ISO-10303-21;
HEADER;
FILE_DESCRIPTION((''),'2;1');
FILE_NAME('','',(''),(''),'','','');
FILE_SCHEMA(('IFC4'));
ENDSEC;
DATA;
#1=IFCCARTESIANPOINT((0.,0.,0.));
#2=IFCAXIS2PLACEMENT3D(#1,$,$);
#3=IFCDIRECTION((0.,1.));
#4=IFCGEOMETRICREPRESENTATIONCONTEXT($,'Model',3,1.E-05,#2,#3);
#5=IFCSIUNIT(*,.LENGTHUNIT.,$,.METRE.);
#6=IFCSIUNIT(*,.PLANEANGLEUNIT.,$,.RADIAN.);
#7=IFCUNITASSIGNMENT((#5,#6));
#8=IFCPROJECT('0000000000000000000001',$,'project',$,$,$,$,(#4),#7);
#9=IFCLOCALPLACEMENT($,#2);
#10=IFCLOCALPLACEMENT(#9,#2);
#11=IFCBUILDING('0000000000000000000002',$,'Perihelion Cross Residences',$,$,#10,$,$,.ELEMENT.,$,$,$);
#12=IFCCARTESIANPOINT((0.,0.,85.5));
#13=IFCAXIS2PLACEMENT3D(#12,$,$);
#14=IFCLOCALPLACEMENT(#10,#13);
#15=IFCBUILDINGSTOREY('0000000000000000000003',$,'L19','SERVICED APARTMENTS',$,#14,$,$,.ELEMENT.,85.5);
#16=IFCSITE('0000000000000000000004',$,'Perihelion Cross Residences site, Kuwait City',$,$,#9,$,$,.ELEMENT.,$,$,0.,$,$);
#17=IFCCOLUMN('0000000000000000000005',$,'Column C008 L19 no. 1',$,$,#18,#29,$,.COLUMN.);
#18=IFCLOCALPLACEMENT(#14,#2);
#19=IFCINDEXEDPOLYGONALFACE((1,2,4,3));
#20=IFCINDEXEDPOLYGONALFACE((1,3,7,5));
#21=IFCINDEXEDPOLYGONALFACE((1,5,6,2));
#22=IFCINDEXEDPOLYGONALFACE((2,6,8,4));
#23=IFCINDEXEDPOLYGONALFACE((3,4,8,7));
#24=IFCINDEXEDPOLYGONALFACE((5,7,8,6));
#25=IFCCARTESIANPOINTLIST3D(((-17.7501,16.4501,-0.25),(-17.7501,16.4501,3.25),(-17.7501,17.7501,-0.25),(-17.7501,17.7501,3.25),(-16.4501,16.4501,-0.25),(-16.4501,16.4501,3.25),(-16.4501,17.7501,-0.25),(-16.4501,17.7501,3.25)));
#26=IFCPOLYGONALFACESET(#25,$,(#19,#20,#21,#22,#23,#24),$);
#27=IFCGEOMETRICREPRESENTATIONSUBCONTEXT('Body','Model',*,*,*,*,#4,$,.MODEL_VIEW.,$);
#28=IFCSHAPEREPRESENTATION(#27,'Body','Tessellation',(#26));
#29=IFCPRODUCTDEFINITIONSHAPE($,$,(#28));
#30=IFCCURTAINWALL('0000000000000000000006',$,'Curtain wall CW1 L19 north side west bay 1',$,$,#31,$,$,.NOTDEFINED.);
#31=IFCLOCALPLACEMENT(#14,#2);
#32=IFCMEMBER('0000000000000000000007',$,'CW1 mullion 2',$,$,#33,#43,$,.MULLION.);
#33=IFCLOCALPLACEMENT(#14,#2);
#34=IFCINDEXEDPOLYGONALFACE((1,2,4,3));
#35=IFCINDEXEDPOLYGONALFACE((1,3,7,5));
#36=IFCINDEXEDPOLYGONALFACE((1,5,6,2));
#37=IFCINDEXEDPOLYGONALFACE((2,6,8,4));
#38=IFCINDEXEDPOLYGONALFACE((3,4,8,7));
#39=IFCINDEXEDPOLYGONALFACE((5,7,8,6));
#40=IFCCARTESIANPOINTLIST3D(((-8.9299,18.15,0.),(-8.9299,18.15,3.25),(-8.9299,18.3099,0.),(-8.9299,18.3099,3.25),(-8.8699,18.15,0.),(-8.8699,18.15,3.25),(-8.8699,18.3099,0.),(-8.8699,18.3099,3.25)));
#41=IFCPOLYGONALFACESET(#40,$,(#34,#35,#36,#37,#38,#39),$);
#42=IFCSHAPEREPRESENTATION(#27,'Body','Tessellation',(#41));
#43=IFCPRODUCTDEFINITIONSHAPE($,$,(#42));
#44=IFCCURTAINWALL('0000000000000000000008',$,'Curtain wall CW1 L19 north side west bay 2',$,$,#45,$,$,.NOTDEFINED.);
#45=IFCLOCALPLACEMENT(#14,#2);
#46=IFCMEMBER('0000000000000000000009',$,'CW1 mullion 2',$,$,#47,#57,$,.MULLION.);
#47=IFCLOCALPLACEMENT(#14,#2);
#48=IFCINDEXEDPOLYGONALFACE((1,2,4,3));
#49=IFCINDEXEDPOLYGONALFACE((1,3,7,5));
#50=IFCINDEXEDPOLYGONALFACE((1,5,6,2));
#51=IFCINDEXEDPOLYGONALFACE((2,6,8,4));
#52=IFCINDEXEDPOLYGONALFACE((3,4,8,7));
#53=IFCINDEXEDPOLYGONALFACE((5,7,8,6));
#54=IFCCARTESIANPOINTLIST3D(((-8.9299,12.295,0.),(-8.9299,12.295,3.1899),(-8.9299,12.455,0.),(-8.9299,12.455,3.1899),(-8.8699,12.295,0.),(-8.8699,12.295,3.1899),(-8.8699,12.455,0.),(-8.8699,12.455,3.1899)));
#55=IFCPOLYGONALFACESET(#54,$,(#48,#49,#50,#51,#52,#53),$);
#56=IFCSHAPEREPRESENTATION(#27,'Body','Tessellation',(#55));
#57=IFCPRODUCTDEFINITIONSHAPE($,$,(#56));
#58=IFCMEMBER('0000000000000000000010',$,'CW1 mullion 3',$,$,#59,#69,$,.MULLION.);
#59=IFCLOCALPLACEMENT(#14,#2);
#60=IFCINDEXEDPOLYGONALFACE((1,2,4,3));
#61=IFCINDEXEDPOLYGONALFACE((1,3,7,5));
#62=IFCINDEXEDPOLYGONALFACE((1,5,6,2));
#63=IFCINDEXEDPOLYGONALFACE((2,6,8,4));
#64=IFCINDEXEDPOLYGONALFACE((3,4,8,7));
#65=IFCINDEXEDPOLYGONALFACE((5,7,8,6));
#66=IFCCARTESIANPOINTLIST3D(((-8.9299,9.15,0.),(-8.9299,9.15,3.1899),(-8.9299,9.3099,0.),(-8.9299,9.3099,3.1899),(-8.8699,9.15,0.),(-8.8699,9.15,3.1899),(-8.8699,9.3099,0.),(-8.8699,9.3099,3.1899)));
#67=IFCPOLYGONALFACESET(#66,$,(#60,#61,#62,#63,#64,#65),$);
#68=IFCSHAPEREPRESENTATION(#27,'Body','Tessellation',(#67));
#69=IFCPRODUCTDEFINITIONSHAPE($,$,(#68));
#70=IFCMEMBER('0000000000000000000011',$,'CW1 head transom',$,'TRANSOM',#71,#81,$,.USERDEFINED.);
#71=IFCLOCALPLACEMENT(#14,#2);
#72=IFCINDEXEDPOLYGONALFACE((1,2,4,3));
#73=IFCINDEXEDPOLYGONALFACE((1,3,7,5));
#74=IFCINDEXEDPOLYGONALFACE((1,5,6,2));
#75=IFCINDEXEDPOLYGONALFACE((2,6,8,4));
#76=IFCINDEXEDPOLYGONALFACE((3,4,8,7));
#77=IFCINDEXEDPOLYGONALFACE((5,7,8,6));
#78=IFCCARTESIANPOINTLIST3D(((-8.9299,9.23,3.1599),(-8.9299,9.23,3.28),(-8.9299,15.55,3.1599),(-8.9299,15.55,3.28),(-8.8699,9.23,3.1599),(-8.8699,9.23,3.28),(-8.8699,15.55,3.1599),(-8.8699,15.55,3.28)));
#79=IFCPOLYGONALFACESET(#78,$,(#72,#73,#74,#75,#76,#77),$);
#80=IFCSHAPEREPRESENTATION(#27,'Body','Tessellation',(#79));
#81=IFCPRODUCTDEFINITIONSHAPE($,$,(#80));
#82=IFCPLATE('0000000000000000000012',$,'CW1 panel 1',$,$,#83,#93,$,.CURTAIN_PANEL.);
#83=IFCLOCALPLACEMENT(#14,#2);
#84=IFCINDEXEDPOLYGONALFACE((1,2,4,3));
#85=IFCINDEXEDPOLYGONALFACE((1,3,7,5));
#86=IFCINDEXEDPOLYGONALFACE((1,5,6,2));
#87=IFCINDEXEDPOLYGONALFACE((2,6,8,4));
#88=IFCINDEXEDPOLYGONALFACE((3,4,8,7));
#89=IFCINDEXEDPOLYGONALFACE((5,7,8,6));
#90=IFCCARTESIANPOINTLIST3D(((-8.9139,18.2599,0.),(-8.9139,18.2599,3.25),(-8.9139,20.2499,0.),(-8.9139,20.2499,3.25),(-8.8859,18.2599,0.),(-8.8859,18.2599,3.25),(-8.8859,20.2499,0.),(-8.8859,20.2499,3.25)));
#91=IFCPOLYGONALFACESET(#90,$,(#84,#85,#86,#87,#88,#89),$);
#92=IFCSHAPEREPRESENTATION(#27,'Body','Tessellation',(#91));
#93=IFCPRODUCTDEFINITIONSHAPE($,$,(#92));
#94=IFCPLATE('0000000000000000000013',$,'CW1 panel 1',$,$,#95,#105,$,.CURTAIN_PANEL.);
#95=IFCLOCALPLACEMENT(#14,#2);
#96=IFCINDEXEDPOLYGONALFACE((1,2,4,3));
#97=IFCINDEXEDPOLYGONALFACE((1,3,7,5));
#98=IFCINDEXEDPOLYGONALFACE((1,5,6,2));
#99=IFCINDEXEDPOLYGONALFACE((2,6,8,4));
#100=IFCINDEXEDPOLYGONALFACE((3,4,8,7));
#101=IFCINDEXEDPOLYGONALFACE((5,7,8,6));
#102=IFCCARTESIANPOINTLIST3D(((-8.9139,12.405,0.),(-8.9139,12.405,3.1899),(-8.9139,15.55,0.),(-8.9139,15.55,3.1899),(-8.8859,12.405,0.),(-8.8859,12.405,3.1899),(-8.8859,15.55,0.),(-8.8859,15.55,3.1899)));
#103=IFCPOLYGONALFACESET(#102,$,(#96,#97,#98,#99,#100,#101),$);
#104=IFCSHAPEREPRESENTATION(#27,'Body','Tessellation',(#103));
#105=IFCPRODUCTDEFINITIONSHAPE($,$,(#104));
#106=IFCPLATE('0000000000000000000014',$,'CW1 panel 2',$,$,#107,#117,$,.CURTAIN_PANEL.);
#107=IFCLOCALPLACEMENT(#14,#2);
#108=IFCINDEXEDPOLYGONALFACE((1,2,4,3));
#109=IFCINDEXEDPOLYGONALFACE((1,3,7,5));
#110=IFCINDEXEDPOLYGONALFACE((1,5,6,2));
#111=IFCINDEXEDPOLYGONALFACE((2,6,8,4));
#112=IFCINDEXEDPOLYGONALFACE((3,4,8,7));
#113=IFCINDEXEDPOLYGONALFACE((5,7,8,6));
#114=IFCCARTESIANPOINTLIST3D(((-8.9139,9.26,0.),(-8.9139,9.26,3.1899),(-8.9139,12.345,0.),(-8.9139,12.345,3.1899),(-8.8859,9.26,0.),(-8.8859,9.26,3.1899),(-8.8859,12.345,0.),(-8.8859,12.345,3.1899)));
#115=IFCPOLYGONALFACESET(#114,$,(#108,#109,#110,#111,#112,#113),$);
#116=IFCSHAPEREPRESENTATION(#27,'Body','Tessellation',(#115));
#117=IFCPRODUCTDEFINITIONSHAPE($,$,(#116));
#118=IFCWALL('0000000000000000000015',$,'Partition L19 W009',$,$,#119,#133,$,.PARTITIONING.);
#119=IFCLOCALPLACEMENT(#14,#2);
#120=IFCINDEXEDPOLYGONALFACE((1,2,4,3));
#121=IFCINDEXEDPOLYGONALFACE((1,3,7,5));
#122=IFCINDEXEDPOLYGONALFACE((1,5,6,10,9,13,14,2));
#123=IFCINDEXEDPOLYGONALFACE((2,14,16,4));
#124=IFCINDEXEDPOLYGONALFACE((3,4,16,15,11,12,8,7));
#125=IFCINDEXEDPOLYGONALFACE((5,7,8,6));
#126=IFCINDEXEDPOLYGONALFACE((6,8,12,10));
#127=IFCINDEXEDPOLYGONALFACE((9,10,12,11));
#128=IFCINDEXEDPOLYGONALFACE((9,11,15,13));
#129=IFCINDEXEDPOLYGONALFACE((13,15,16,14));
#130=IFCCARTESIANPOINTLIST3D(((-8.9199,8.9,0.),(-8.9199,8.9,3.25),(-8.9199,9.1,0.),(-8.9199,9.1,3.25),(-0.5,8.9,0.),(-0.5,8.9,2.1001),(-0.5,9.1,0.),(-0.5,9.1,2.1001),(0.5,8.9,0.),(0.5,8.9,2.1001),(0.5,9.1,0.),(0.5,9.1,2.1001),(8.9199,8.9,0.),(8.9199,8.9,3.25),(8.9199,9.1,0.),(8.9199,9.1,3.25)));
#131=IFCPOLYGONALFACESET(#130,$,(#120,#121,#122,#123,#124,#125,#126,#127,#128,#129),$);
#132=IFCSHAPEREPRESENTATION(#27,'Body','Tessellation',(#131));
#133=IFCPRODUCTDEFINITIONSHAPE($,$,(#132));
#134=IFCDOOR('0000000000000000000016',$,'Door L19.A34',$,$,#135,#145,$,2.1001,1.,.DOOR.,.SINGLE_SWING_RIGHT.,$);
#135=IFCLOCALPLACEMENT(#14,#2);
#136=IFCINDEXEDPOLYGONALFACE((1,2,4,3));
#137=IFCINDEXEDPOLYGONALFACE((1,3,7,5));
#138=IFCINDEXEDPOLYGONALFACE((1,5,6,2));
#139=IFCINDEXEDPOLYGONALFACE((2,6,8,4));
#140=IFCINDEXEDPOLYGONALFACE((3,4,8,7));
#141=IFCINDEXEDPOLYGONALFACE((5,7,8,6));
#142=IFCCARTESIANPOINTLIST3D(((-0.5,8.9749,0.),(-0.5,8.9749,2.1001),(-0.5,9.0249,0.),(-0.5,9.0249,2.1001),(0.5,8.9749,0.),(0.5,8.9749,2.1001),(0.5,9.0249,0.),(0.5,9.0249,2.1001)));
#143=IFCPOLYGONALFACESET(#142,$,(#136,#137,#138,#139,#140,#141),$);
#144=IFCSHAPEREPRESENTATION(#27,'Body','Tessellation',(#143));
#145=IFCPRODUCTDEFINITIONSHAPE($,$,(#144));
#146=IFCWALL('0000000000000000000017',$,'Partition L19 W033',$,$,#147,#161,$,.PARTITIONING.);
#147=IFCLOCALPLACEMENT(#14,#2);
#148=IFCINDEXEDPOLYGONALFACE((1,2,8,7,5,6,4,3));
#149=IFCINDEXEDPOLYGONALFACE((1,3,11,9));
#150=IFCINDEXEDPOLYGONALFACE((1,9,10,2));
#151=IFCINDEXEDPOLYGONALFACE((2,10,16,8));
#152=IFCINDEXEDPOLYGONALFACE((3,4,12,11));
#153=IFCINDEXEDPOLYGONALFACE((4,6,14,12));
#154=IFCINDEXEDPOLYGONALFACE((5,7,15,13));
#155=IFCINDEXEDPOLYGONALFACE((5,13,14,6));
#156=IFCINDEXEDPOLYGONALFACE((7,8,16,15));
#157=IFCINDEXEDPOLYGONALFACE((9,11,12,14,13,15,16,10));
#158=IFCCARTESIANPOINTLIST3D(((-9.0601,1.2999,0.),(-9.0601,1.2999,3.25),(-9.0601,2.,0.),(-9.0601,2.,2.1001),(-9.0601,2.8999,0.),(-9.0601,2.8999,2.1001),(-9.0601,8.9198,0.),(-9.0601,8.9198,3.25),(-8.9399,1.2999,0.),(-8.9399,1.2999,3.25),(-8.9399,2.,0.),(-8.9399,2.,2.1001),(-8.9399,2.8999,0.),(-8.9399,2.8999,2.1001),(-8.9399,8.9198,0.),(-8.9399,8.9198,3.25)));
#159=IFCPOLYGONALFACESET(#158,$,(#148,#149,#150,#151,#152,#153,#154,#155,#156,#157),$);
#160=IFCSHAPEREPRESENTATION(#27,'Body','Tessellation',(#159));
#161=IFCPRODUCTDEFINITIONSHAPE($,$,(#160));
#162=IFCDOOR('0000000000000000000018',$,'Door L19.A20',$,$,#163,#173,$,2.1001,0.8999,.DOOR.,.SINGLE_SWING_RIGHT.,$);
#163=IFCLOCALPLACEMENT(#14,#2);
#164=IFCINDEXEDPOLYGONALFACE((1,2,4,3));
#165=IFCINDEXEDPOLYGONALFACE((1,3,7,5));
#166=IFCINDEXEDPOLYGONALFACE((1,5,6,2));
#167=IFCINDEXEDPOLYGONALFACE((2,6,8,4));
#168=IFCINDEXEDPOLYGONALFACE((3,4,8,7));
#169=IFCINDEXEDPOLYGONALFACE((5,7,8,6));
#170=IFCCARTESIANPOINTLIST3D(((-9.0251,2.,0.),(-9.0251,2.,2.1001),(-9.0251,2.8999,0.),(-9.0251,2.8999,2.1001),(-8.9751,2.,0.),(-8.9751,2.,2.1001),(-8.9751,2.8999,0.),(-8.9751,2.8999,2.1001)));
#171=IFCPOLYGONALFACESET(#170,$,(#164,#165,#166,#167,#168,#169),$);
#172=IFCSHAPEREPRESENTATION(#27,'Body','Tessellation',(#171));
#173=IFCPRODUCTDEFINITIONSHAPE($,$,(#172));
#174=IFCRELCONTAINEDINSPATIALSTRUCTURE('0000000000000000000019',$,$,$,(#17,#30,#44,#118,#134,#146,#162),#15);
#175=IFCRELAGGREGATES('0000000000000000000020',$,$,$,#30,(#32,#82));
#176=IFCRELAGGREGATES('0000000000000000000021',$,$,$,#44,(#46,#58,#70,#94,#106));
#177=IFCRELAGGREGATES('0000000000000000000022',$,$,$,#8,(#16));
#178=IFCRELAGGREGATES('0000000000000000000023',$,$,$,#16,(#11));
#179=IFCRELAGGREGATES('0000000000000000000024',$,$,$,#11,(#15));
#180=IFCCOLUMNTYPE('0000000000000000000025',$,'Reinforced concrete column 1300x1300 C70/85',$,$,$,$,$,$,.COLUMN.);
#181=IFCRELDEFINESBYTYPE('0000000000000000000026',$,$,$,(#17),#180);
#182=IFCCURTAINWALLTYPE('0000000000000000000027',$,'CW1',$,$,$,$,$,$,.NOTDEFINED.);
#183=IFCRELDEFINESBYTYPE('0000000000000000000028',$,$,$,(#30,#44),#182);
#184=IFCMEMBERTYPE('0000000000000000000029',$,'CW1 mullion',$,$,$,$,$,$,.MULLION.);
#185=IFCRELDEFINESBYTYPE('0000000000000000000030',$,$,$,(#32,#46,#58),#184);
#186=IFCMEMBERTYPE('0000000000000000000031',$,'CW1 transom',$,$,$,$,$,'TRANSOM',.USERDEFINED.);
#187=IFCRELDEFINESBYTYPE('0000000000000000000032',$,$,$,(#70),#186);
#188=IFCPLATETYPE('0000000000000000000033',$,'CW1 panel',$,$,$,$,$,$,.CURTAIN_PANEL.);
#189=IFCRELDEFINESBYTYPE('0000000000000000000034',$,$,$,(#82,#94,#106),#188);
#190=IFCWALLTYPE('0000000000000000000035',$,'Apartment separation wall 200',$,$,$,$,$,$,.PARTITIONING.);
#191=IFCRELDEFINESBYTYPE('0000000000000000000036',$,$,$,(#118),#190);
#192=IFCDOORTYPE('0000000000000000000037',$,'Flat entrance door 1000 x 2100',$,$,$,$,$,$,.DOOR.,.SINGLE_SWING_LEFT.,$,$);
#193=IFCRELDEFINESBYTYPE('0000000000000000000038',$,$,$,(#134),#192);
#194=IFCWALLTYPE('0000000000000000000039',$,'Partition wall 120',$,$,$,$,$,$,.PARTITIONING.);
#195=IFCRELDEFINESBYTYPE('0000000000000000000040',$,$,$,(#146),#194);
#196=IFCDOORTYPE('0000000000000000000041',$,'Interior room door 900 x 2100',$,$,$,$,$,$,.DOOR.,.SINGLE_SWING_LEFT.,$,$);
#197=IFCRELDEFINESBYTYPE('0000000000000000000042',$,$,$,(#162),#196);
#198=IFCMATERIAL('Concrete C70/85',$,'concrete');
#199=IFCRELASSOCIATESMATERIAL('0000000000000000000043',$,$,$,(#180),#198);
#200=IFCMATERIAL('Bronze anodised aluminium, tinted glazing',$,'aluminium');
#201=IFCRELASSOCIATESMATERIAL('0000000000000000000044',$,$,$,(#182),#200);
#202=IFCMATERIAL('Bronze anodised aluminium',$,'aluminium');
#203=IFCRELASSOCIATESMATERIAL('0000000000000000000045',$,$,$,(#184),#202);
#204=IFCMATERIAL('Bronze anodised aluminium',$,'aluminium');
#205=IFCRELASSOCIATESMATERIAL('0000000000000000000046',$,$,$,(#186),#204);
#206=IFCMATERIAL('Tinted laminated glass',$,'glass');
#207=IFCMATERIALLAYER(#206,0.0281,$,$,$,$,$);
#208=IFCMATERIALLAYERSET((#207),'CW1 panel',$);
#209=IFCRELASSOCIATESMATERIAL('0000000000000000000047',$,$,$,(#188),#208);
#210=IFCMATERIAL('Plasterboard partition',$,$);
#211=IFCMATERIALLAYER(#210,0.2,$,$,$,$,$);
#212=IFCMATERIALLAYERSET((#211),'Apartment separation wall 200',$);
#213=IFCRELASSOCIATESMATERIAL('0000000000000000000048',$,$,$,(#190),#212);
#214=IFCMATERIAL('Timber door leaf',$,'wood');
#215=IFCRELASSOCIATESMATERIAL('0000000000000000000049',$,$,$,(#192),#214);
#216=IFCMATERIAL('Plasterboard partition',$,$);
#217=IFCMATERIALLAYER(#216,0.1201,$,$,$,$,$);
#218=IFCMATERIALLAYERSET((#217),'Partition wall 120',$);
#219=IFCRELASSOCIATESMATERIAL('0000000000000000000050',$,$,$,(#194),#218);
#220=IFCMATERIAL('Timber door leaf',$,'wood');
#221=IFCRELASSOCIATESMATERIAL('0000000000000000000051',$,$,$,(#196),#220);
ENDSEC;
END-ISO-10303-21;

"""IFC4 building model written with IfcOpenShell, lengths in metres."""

from ifc_helpers import new_model, si_unit, direction, frame, frame_2d, origin, origin_2d, place, context, subcontext, project, spatial, rectangle, extrude, material, layer, layer_set, material_profile, profile_set, type_object, element, fill, aggregate, save


model = new_model("IFC4")

# Units and contexts
model_context = context("Model", 3, precision=1e-05, world=origin(), true_north=direction((0.0, 1.0)))
body_context = subcontext(model_context, "Body", "Model", "MODEL_VIEW")
ifc_project = project(units=[si_unit("LENGTHUNIT", "METRE"), si_unit("PLANEANGLEUNIT", "RADIAN")], contexts=[model_context])

# Site, building, storey
site_placement = place(None, origin())
site = spatial("IfcSite", under=ifc_project, at=site_placement, Name="Perihelion Cross Residences site, Kuwait City", CompositionType="ELEMENT", RefElevation=0.0)
building_placement = place(site_placement, origin())
building = spatial("IfcBuilding", under=site, at=building_placement, Name="Perihelion Cross Residences", CompositionType="ELEMENT")
storey_placement = place(building_placement, frame((0.0, 0.0, 85.5)))
storey = spatial("IfcBuildingStorey", under=building, at=storey_placement, Name="L19", Description="SERVICED APARTMENTS", CompositionType="ELEMENT", Elevation=85.5)

# Column
ifc_material_1 = material(Name="Concrete C70/85", Category="concrete")
ifc_material_profile_1 = material_profile(ifc_material_1, rectangle(XDim=1.3, YDim=1.3, at=origin_2d()), Name="RC 1300x1300")
ifc_profile_set_1 = profile_set([ifc_material_profile_1], Name="Concrete C70/85")
column_type = type_object("IfcColumnType", Name="Reinforced concrete column 1300x1300 C70/85", PredefinedType="COLUMN", material=ifc_profile_set_1)
column_placement = place(storey_placement, frame((-17.1001, 17.1001, -0.25), z_axis=(0.0, 0.0, 1.0), x_axis=(1.0, 0.0, 0.0)))
element("IfcColumn", 1, at=column_placement, inside=storey, type_object=column_type, Name="Column C008 L19 no. 1", PredefinedType="COLUMN", context=body_context, shape_type="SweptSolid", body=[
    extrude(rectangle(XDim=1.3, YDim=1.3, at=origin_2d()), origin(), (0.0, 0.0, 1.0), 3.5),
])

# Curtain wall, member
ifc_material_2 = material(Name="Bronze anodised aluminium, tinted glazing", Category="aluminium")
curtain_wall_type = type_object("IfcCurtainWallType", Name="CW1", PredefinedType="NOTDEFINED", material=ifc_material_2)
curtain_wall_1_placement = place(storey_placement, origin())
curtain_wall_1 = element("IfcCurtainWall", 2, at=curtain_wall_1_placement, inside=storey, type_object=curtain_wall_type, Name="Curtain wall CW1 L19 north side west bay 1", PredefinedType="NOTDEFINED")
ifc_material_3 = material(Name="Bronze anodised aluminium", Category="aluminium")
ifc_material_profile_2 = material_profile(ifc_material_3, rectangle(XDim=0.0601, YDim=0.1599, at=origin_2d()), Name="CW1 mullion")
ifc_profile_set_2 = profile_set([ifc_material_profile_2], Name="Bronze anodised aluminium")
member_type_1 = type_object("IfcMemberType", Name="CW1 mullion", PredefinedType="MULLION", material=ifc_profile_set_2)
member_1_placement = place(storey_placement, frame((-8.8999, 18.23, 0.0), z_axis=(0.0, 0.0, 1.0), x_axis=(1.0, 0.0, 0.0)))
member_1 = element("IfcMember", 3, at=member_1_placement, type_object=member_type_1, Name="CW1 mullion 2", PredefinedType="MULLION", context=body_context, shape_type="SweptSolid", body=[
    extrude(rectangle(XDim=0.0601, YDim=0.1599, at=origin_2d()), origin(), (0.0, 0.0, 1.0), 3.25),
])

# Curtain wall, members
curtain_wall_2_placement = place(storey_placement, origin())
curtain_wall_2 = element("IfcCurtainWall", 4, at=curtain_wall_2_placement, inside=storey, type_object=curtain_wall_type, Name="Curtain wall CW1 L19 north side west bay 2", PredefinedType="NOTDEFINED")
member_2_placement = place(storey_placement, frame((-8.8999, 12.375, 0.0), z_axis=(0.0, 0.0, 1.0), x_axis=(1.0, 0.0, 0.0)))
member_2 = element("IfcMember", 5, at=member_2_placement, type_object=member_type_1, Name="CW1 mullion 2", PredefinedType="MULLION", context=body_context, shape_type="SweptSolid", body=[
    extrude(rectangle(XDim=0.0601, YDim=0.1599, at=origin_2d()), origin(), (0.0, 0.0, 1.0), 3.1899),
])
member_3_placement = place(storey_placement, frame((-8.8999, 9.23, 0.0), z_axis=(0.0, 0.0, 1.0), x_axis=(1.0, 0.0, 0.0)))
member_3 = element("IfcMember", 6, at=member_3_placement, type_object=member_type_1, Name="CW1 mullion 3", PredefinedType="MULLION", context=body_context, shape_type="SweptSolid", body=[
    extrude(rectangle(XDim=0.0601, YDim=0.1599, at=origin_2d()), origin(), (0.0, 0.0, 1.0), 3.1899),
])
ifc_material_4 = material(Name="Bronze anodised aluminium", Category="aluminium")
ifc_material_profile_3 = material_profile(ifc_material_4, rectangle(XDim=0.0601, YDim=0.1201, at=origin_2d()), Name="CW1 transom")
ifc_profile_set_3 = profile_set([ifc_material_profile_3], Name="Bronze anodised aluminium")
member_type_2 = type_object("IfcMemberType", Name="CW1 transom", ElementType="TRANSOM", PredefinedType="USERDEFINED", material=ifc_profile_set_3)
member_4_placement = place(storey_placement, frame((-8.8999, 15.55, 3.22), z_axis=(0.0, -1.0, 0.0), x_axis=(1.0, 0.0, 0.0)))
member_4 = element("IfcMember", 7, at=member_4_placement, type_object=member_type_2, Name="CW1 head transom", ObjectType="TRANSOM", PredefinedType="USERDEFINED", context=body_context, shape_type="SweptSolid", body=[
    extrude(rectangle(XDim=0.0601, YDim=0.1201, at=origin_2d()), origin(), (0.0, 0.0, 1.0), 6.3201),
])

# Plates
ifc_material_5 = material(Name="Tinted laminated glass", Category="glass")
ifc_layer_1 = layer(ifc_material_5, 0.0281)
ifc_layer_set_1 = layer_set([ifc_layer_1], Name="CW1 panel")
plate_type = type_object("IfcPlateType", Name="CW1 panel", PredefinedType="CURTAIN_PANEL", material=ifc_layer_set_1)
plate_1_placement = place(storey_placement, frame((-8.8999, 19.2549, 0.0), z_axis=(0.0, 0.0, 1.0), x_axis=(0.0, -1.0, 0.0)))
plate_1 = element("IfcPlate", 8, at=plate_1_placement, type_object=plate_type, Name="CW1 panel 1", PredefinedType="CURTAIN_PANEL", context=body_context, shape_type="SweptSolid", body=[
    extrude(rectangle(XDim=1.99, YDim=0.0281, at=origin_2d()), origin(), (0.0, 0.0, 1.0), 3.25),
])
aggregate(curtain_wall_1, [member_1, plate_1])
plate_2_placement = place(storey_placement, frame((-8.8999, 13.9775, 0.0), z_axis=(0.0, 0.0, 1.0), x_axis=(0.0, -1.0, 0.0)))
plate_2 = element("IfcPlate", 9, at=plate_2_placement, type_object=plate_type, Name="CW1 panel 1", PredefinedType="CURTAIN_PANEL", context=body_context, shape_type="SweptSolid", body=[
    extrude(rectangle(XDim=3.145, YDim=0.0281, at=origin_2d()), origin(), (0.0, 0.0, 1.0), 3.1899),
])
plate_3_placement = place(storey_placement, frame((-8.8999, 10.8025, 0.0), z_axis=(0.0, 0.0, 1.0), x_axis=(0.0, -1.0, 0.0)))
plate_3 = element("IfcPlate", 10, at=plate_3_placement, type_object=plate_type, Name="CW1 panel 2", PredefinedType="CURTAIN_PANEL", context=body_context, shape_type="SweptSolid", body=[
    extrude(rectangle(XDim=3.085, YDim=0.0281, at=origin_2d()), origin(), (0.0, 0.0, 1.0), 3.1899),
])
aggregate(curtain_wall_2, [member_2, member_3, member_4, plate_2, plate_3])

# Walls, openings, doors
ifc_material_6 = material(Name="Plasterboard partition")
ifc_layer_2 = layer(ifc_material_6, 0.2)
ifc_layer_set_2 = layer_set([ifc_layer_2], Name="Apartment separation wall 200")
wall_type_1 = type_object("IfcWallType", Name="Apartment separation wall 200", PredefinedType="PARTITIONING", material=ifc_layer_set_2)
wall_1_placement = place(storey_placement, frame((-8.9199, 9.0, 0.0), z_axis=(0.0, 0.0, 1.0), x_axis=(1.0, 0.0, 0.0)))
wall_1 = element("IfcWall", 11, at=wall_1_placement, inside=storey, type_object=wall_type_1, Name="Partition L19 W009", PredefinedType="PARTITIONING", context=body_context, shape_type="SweptSolid", body=[
    extrude(rectangle(XDim=17.8398, YDim=0.2, at=frame_2d((8.9199, 0.0))), origin(), (0.0, 0.0, 1.0), 3.25),
])
opening_1_placement = place(wall_1_placement, frame((8.4199, 0.0, 0.0)))
opening_1 = element("IfcOpeningElement", 12, at=opening_1_placement, cuts=wall_1, PredefinedType="OPENING", context=body_context, shape_type="SweptSolid", body=[
    extrude(rectangle(XDim=1.0, YDim=2.1001, at=frame_2d((0.5, 1.05))), frame((0.0, 0.1099, 0.0), z_axis=(0.0, -1.0, 0.0), x_axis=(1.0, 0.0, 0.0)), (0.0, 0.0, 1.0), 0.22),
])
ifc_material_7 = material(Name="Timber door leaf", Category="wood")
door_type_1 = type_object("IfcDoorType", Name="Flat entrance door 1000 x 2100", OperationType="SINGLE_SWING_LEFT", PredefinedType="DOOR", material=ifc_material_7)
door_1_placement = place(opening_1_placement, origin())
door_1 = element("IfcDoor", 13, at=door_1_placement, inside=storey, type_object=door_type_1, Name="Door L19.A34", OperationType="SINGLE_SWING_RIGHT", OverallHeight=2.1001, OverallWidth=1.0, PredefinedType="DOOR", context=body_context, shape_type="SweptSolid", body=[
    extrude(rectangle(XDim=1.0, YDim=2.1001, at=frame_2d((0.5, 1.05))), frame((0.0, 0.0249, 0.0), z_axis=(0.0, -1.0, 0.0), x_axis=(1.0, 0.0, 0.0)), (0.0, 0.0, 1.0), 0.05),
])
fill(opening_1, door_1)
ifc_material_8 = material(Name="Plasterboard partition")
ifc_layer_3 = layer(ifc_material_8, 0.1201)
ifc_layer_set_3 = layer_set([ifc_layer_3], Name="Partition wall 120")
wall_type_2 = type_object("IfcWallType", Name="Partition wall 120", PredefinedType="PARTITIONING", material=ifc_layer_set_3)
wall_2_placement = place(storey_placement, frame((-9.0, 8.9199, 0.0), z_axis=(0.0, 0.0, 1.0), x_axis=(0.0, -1.0, 0.0)))
wall_2 = element("IfcWall", 14, at=wall_2_placement, inside=storey, type_object=wall_type_2, Name="Partition L19 W033", PredefinedType="PARTITIONING", context=body_context, shape_type="SweptSolid", body=[
    extrude(rectangle(XDim=7.6199, YDim=0.1201, at=frame_2d((3.8101, 0.0))), origin(), (0.0, 0.0, 1.0), 3.25),
])
opening_2_placement = place(wall_2_placement, frame((6.02, 0.0, 0.0)))
opening_2 = element("IfcOpeningElement", 15, at=opening_2_placement, cuts=wall_2, PredefinedType="OPENING", context=body_context, shape_type="SweptSolid", body=[
    extrude(rectangle(XDim=0.8999, YDim=2.1001, at=frame_2d((0.45, 1.05))), frame((0.0, 0.0701, 0.0), z_axis=(0.0, -1.0, 0.0), x_axis=(1.0, 0.0, 0.0)), (0.0, 0.0, 1.0), 0.1401),
])
ifc_material_9 = material(Name="Timber door leaf", Category="wood")
door_type_2 = type_object("IfcDoorType", Name="Interior room door 900 x 2100", OperationType="SINGLE_SWING_LEFT", PredefinedType="DOOR", material=ifc_material_9)
door_2_placement = place(opening_2_placement, origin())
door_2 = element("IfcDoor", 16, at=door_2_placement, inside=storey, type_object=door_type_2, Name="Door L19.A20", OperationType="SINGLE_SWING_RIGHT", OverallHeight=2.1001, OverallWidth=0.8999, PredefinedType="DOOR", context=body_context, shape_type="SweptSolid", body=[
    extrude(rectangle(XDim=0.8999, YDim=2.1001, at=frame_2d((0.45, 1.05))), frame((0.0, 0.0249, 0.0), z_axis=(0.0, -1.0, 0.0), x_axis=(1.0, 0.0, 0.0)), (0.0, 0.0, 1.0), 0.05),
])
fill(opening_2, door_2)

save(model, "model.ifc")
